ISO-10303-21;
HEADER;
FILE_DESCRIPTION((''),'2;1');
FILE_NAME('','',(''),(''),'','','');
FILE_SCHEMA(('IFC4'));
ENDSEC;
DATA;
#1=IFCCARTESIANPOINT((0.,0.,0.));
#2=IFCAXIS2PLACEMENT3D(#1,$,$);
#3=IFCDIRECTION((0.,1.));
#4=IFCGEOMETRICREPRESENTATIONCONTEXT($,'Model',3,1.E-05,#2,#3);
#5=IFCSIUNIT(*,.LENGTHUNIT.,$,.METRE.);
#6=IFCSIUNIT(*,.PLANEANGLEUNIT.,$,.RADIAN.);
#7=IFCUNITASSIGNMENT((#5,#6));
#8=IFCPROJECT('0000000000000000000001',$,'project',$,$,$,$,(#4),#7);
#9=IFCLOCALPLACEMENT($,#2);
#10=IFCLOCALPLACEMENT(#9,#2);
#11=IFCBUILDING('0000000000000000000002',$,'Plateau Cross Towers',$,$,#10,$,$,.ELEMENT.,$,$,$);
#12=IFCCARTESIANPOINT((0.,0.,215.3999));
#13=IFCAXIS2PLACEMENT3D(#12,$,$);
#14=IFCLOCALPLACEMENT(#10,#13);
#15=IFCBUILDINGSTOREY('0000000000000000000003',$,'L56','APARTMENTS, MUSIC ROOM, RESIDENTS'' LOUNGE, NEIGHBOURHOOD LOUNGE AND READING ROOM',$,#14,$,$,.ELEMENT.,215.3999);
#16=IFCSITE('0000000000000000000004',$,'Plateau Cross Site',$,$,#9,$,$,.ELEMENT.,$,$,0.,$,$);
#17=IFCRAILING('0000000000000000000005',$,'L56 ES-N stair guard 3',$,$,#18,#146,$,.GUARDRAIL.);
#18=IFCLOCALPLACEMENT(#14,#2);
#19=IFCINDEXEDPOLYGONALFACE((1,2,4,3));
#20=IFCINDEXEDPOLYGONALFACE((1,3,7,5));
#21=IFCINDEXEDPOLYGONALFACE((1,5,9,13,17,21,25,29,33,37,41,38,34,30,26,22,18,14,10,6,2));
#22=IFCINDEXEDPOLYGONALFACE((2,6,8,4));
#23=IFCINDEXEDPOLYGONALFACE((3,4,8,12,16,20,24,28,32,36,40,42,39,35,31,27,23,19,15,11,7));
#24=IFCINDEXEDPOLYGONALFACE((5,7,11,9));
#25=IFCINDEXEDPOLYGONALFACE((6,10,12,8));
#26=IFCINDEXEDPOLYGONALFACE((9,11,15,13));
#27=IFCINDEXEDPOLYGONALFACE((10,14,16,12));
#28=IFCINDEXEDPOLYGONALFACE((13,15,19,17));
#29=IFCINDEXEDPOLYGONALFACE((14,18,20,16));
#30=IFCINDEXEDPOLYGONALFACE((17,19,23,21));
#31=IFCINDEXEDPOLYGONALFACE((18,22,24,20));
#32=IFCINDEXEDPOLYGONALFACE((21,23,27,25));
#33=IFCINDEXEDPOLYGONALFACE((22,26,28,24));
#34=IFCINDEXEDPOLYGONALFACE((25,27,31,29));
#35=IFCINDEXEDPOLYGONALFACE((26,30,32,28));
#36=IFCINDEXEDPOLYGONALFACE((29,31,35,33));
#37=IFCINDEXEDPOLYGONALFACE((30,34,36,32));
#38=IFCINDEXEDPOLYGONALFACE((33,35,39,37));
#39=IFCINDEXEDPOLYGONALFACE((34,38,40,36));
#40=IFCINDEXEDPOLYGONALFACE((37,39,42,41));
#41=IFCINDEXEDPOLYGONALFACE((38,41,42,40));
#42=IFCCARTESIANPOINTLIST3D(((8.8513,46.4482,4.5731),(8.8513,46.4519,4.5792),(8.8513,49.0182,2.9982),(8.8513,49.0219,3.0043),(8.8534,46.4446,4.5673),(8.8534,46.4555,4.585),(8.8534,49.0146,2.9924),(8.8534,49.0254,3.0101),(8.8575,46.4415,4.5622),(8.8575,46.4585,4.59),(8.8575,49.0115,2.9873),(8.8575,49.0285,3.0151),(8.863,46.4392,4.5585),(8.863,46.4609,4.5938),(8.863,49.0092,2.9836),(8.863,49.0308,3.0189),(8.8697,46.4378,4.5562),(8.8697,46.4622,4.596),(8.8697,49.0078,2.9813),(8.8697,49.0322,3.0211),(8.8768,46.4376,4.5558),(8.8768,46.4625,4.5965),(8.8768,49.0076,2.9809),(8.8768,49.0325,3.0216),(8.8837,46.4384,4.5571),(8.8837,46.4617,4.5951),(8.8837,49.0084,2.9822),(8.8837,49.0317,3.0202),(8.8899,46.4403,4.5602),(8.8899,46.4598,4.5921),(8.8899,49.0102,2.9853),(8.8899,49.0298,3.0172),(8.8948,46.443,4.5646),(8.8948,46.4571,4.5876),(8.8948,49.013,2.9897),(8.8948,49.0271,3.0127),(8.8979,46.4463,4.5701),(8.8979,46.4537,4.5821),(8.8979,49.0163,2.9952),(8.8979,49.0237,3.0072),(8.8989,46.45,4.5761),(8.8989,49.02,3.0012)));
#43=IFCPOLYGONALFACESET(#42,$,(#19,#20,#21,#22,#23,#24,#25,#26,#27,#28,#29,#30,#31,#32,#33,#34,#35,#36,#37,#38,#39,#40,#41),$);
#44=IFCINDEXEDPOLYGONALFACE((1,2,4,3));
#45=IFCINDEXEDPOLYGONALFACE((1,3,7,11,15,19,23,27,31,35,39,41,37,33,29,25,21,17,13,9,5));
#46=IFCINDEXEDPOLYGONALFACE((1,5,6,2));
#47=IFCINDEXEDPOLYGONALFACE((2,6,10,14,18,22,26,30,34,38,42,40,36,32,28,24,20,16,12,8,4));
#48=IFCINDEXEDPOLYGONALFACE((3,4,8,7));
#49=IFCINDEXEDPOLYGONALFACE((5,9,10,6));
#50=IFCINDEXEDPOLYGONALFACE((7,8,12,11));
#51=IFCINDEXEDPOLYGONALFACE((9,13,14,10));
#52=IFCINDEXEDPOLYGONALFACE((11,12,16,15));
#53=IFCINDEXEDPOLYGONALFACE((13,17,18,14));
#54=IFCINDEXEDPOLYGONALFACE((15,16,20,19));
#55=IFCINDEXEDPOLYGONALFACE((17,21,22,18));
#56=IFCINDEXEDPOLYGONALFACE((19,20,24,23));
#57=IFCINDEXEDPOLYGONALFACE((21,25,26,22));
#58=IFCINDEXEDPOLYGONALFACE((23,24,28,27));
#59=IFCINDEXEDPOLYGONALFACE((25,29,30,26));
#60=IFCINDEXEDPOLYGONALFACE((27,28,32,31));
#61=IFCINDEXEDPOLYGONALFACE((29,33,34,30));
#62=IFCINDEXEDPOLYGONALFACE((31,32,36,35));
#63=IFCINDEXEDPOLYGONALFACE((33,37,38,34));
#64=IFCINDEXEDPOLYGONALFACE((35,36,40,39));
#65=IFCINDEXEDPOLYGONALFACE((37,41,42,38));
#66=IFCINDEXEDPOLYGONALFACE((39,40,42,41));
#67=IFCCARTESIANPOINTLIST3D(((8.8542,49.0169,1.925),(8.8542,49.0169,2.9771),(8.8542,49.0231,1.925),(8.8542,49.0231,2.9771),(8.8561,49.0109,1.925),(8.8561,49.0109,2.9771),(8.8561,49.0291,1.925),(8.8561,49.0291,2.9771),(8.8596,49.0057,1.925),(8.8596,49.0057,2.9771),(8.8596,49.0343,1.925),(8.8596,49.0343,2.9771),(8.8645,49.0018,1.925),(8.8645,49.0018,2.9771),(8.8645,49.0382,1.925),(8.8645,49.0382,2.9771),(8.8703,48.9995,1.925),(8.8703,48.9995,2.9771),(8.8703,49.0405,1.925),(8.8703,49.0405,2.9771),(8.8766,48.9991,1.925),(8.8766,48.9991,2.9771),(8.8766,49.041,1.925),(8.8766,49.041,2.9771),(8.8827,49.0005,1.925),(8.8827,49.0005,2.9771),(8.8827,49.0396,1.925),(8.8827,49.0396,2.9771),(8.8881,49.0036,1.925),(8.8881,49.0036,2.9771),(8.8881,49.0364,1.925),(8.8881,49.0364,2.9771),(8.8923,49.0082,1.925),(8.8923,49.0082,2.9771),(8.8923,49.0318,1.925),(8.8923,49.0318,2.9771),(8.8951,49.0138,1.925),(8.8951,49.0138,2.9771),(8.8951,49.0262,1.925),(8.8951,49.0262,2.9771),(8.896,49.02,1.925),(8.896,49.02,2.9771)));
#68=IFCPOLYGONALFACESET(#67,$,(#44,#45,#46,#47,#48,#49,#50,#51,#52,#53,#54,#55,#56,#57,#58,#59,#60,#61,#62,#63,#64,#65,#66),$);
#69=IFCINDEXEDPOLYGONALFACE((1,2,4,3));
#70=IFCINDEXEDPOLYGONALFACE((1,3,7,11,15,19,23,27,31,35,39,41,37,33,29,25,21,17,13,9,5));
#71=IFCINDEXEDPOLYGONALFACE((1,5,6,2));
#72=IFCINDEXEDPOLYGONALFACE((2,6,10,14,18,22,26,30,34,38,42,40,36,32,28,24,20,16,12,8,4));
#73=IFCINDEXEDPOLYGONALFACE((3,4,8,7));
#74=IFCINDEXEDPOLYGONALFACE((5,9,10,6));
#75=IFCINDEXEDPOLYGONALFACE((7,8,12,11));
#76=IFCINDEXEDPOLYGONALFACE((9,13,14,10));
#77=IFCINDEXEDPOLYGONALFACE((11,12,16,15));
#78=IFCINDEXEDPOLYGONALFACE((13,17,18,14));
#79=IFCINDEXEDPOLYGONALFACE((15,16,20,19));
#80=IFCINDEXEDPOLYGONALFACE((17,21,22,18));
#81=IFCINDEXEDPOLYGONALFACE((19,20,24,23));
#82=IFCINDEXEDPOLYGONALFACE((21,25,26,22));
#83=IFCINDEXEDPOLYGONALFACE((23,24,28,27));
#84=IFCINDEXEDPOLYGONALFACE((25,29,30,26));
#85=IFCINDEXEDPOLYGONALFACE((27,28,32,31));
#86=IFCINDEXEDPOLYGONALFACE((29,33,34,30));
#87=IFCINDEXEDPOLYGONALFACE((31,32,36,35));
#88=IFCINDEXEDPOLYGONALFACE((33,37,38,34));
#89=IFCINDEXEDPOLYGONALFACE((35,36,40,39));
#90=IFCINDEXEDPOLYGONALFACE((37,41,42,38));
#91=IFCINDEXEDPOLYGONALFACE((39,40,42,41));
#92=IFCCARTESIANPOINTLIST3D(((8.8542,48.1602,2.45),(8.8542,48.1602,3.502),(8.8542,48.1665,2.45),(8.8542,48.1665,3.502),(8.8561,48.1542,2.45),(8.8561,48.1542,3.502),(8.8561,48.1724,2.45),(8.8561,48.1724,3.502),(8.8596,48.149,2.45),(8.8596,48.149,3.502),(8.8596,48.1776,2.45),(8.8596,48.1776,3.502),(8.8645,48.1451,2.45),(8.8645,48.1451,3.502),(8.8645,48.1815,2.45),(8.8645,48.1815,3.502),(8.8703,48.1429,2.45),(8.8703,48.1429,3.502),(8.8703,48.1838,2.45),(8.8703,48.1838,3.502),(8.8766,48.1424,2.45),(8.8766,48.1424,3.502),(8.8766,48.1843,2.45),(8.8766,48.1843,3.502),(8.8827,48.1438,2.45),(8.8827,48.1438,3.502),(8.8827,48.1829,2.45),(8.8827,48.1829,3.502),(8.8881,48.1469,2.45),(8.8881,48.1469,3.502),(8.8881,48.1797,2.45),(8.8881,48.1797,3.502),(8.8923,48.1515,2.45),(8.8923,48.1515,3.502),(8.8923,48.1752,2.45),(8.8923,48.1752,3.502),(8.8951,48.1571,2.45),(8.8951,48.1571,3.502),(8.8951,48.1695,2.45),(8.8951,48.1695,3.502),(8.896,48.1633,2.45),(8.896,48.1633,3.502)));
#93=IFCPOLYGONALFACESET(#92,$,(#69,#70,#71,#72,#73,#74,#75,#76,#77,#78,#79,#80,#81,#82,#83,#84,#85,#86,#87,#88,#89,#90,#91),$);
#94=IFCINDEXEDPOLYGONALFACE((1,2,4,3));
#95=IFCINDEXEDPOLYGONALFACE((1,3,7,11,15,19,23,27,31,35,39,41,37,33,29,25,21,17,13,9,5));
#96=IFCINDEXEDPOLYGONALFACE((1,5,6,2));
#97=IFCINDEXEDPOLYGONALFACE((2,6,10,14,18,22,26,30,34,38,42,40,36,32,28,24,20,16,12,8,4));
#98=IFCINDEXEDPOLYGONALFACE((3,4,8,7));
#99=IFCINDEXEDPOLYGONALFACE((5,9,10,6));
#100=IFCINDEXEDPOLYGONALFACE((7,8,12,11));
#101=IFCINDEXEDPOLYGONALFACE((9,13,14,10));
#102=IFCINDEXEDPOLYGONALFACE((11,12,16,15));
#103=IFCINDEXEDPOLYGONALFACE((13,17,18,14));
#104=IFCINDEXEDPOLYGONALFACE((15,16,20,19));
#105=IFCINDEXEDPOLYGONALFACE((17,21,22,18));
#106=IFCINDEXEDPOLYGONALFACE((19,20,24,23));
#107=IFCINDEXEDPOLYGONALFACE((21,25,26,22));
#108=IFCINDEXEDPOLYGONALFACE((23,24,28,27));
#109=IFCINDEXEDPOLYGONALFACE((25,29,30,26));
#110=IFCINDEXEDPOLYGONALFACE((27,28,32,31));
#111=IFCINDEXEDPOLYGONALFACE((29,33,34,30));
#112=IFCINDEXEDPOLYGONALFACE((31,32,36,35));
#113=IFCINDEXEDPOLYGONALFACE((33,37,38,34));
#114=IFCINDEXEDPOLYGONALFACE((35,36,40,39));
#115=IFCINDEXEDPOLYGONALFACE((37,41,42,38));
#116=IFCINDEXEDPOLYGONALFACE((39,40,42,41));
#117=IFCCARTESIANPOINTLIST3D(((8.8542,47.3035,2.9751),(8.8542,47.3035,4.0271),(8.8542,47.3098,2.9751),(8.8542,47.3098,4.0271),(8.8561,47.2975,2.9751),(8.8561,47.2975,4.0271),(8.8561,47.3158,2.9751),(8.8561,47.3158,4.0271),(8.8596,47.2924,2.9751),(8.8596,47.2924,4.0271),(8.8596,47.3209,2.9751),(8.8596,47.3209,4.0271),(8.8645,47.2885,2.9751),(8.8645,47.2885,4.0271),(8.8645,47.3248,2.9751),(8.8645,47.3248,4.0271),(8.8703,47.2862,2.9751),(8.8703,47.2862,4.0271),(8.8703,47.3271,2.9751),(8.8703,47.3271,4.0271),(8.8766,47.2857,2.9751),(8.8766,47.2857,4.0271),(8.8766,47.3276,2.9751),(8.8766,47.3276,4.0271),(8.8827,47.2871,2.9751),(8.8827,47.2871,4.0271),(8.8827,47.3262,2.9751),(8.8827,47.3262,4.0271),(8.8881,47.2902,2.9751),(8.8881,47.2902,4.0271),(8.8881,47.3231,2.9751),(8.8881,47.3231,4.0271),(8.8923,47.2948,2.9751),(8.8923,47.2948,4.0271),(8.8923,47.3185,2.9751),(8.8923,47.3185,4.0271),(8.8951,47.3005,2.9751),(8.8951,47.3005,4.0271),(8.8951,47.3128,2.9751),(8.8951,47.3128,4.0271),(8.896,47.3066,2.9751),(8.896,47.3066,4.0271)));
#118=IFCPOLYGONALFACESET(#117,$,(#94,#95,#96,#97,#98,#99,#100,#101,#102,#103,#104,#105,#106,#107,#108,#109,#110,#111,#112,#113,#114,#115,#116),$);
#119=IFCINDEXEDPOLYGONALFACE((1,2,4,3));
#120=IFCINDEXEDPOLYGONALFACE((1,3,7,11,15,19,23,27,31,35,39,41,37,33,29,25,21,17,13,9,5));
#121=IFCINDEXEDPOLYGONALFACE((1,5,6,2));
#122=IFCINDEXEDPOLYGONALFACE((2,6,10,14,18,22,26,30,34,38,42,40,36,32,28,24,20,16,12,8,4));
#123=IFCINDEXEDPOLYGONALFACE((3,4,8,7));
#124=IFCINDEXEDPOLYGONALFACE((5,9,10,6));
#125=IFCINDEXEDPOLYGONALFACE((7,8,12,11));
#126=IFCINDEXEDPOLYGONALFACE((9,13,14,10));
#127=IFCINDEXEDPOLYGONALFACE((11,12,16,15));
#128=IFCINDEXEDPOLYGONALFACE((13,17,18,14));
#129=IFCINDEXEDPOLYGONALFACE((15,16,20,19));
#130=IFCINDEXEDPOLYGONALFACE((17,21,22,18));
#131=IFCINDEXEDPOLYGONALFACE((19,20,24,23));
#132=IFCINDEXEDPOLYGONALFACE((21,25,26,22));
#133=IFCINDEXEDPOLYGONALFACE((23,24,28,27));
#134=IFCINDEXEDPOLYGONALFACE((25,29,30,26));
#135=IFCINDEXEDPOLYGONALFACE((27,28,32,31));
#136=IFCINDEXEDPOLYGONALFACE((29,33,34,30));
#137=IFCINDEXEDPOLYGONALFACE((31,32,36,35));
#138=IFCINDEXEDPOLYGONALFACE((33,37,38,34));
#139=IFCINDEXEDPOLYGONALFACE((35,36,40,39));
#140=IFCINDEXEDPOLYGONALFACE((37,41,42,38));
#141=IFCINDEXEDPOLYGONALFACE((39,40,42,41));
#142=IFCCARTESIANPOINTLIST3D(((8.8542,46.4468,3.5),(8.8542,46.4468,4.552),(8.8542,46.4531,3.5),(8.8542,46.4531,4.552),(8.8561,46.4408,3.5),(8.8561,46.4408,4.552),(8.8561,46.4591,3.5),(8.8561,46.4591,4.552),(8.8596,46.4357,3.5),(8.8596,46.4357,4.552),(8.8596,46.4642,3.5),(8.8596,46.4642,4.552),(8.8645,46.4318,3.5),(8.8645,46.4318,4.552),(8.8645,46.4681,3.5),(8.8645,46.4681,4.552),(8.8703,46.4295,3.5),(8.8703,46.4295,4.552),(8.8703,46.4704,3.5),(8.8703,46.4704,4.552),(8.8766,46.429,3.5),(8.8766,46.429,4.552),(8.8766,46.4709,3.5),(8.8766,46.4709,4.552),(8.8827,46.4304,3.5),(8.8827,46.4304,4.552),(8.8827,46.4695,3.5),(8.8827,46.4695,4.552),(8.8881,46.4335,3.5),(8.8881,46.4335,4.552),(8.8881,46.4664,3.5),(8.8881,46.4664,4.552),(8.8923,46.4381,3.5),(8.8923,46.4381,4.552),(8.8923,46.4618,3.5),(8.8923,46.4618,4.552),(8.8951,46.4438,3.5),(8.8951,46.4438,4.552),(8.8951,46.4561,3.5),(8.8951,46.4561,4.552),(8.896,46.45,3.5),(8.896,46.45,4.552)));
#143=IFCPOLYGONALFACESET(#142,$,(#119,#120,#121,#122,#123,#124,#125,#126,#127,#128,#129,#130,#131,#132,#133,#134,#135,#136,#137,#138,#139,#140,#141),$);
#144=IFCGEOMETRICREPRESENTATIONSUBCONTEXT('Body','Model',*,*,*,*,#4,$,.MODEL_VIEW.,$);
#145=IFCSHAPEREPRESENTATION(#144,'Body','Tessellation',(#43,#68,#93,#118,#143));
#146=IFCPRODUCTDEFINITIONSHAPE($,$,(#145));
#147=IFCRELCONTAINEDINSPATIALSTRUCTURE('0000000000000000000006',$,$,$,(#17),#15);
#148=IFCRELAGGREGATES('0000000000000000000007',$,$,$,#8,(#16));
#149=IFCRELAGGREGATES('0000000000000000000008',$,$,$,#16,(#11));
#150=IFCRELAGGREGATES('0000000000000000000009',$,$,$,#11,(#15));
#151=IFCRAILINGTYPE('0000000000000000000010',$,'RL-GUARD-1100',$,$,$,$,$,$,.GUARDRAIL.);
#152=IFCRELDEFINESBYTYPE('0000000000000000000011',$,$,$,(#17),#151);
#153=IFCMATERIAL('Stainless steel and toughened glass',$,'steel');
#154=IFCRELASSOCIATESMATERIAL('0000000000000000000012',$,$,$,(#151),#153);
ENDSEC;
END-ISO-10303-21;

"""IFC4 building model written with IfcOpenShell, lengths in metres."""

from ifc_helpers import new_model, si_unit, direction, frame, origin, origin_2d, place, context, subcontext, project, spatial, circle, extrude, material, type_object, element, save


model = new_model("IFC4")

# Units and contexts
model_context = context("Model", 3, precision=1e-05, world=origin(), true_north=direction((0.0, 1.0)))
body_context = subcontext(model_context, "Body", "Model", "MODEL_VIEW")
ifc_project = project(units=[si_unit("LENGTHUNIT", "METRE"), si_unit("PLANEANGLEUNIT", "RADIAN")], contexts=[model_context])

# Site, building, storey
site_placement = place(None, origin())
site = spatial("IfcSite", under=ifc_project, at=site_placement, Name="Plateau Cross Site", CompositionType="ELEMENT", RefElevation=0.0)
building_placement = place(site_placement, origin())
building = spatial("IfcBuilding", under=site, at=building_placement, Name="Plateau Cross Towers", CompositionType="ELEMENT")
storey_placement = place(building_placement, frame((0.0, 0.0, 215.3999)))
storey = spatial("IfcBuildingStorey", under=building, at=storey_placement, Name="L56", Description="APARTMENTS, MUSIC ROOM, RESIDENTS' LOUNGE, NEIGHBOURHOOD LOUNGE AND READING ROOM", CompositionType="ELEMENT", Elevation=215.3999)

# Railing
ifc_material_1 = material(Name="Stainless steel and toughened glass", Category="steel")
railing_type_1 = type_object("IfcRailingType", Name="RL-GUARD-1100", PredefinedType="GUARDRAIL", material=ifc_material_1)
railing_1_placement = place(storey_placement, frame((8.875, 49.02, 1.925)))
element("IfcRailing", 1, at=railing_1_placement, inside=storey, type_object=railing_type_1, Name="L56 ES-N stair guard 3", PredefinedType="GUARDRAIL", context=body_context, shape_type="SweptSolid", body=[
    extrude(circle(Radius=0.0239, at=origin_2d()), frame((0.0, 0.0, 1.0762), z_axis=(0.0, -0.852639, 0.522501), x_axis=(1.0, 0.0, 0.0)), (0.0, 0.0, 1.0), 3.0142),
    extrude(circle(Radius=0.021, at=origin_2d()), origin(), (0.0, 0.0, 1.0), 1.052),
    extrude(circle(Radius=0.021, at=origin_2d()), frame((0.0, -0.8567, 0.5249)), (0.0, 0.0, 1.0), 1.052),
    extrude(circle(Radius=0.021, at=origin_2d()), frame((0.0, -1.7134, 1.05)), (0.0, 0.0, 1.0), 1.052),
    extrude(circle(Radius=0.021, at=origin_2d()), frame((0.0, -2.5701, 1.575)), (0.0, 0.0, 1.0), 1.052),
])

save(model, "model.ifc")
